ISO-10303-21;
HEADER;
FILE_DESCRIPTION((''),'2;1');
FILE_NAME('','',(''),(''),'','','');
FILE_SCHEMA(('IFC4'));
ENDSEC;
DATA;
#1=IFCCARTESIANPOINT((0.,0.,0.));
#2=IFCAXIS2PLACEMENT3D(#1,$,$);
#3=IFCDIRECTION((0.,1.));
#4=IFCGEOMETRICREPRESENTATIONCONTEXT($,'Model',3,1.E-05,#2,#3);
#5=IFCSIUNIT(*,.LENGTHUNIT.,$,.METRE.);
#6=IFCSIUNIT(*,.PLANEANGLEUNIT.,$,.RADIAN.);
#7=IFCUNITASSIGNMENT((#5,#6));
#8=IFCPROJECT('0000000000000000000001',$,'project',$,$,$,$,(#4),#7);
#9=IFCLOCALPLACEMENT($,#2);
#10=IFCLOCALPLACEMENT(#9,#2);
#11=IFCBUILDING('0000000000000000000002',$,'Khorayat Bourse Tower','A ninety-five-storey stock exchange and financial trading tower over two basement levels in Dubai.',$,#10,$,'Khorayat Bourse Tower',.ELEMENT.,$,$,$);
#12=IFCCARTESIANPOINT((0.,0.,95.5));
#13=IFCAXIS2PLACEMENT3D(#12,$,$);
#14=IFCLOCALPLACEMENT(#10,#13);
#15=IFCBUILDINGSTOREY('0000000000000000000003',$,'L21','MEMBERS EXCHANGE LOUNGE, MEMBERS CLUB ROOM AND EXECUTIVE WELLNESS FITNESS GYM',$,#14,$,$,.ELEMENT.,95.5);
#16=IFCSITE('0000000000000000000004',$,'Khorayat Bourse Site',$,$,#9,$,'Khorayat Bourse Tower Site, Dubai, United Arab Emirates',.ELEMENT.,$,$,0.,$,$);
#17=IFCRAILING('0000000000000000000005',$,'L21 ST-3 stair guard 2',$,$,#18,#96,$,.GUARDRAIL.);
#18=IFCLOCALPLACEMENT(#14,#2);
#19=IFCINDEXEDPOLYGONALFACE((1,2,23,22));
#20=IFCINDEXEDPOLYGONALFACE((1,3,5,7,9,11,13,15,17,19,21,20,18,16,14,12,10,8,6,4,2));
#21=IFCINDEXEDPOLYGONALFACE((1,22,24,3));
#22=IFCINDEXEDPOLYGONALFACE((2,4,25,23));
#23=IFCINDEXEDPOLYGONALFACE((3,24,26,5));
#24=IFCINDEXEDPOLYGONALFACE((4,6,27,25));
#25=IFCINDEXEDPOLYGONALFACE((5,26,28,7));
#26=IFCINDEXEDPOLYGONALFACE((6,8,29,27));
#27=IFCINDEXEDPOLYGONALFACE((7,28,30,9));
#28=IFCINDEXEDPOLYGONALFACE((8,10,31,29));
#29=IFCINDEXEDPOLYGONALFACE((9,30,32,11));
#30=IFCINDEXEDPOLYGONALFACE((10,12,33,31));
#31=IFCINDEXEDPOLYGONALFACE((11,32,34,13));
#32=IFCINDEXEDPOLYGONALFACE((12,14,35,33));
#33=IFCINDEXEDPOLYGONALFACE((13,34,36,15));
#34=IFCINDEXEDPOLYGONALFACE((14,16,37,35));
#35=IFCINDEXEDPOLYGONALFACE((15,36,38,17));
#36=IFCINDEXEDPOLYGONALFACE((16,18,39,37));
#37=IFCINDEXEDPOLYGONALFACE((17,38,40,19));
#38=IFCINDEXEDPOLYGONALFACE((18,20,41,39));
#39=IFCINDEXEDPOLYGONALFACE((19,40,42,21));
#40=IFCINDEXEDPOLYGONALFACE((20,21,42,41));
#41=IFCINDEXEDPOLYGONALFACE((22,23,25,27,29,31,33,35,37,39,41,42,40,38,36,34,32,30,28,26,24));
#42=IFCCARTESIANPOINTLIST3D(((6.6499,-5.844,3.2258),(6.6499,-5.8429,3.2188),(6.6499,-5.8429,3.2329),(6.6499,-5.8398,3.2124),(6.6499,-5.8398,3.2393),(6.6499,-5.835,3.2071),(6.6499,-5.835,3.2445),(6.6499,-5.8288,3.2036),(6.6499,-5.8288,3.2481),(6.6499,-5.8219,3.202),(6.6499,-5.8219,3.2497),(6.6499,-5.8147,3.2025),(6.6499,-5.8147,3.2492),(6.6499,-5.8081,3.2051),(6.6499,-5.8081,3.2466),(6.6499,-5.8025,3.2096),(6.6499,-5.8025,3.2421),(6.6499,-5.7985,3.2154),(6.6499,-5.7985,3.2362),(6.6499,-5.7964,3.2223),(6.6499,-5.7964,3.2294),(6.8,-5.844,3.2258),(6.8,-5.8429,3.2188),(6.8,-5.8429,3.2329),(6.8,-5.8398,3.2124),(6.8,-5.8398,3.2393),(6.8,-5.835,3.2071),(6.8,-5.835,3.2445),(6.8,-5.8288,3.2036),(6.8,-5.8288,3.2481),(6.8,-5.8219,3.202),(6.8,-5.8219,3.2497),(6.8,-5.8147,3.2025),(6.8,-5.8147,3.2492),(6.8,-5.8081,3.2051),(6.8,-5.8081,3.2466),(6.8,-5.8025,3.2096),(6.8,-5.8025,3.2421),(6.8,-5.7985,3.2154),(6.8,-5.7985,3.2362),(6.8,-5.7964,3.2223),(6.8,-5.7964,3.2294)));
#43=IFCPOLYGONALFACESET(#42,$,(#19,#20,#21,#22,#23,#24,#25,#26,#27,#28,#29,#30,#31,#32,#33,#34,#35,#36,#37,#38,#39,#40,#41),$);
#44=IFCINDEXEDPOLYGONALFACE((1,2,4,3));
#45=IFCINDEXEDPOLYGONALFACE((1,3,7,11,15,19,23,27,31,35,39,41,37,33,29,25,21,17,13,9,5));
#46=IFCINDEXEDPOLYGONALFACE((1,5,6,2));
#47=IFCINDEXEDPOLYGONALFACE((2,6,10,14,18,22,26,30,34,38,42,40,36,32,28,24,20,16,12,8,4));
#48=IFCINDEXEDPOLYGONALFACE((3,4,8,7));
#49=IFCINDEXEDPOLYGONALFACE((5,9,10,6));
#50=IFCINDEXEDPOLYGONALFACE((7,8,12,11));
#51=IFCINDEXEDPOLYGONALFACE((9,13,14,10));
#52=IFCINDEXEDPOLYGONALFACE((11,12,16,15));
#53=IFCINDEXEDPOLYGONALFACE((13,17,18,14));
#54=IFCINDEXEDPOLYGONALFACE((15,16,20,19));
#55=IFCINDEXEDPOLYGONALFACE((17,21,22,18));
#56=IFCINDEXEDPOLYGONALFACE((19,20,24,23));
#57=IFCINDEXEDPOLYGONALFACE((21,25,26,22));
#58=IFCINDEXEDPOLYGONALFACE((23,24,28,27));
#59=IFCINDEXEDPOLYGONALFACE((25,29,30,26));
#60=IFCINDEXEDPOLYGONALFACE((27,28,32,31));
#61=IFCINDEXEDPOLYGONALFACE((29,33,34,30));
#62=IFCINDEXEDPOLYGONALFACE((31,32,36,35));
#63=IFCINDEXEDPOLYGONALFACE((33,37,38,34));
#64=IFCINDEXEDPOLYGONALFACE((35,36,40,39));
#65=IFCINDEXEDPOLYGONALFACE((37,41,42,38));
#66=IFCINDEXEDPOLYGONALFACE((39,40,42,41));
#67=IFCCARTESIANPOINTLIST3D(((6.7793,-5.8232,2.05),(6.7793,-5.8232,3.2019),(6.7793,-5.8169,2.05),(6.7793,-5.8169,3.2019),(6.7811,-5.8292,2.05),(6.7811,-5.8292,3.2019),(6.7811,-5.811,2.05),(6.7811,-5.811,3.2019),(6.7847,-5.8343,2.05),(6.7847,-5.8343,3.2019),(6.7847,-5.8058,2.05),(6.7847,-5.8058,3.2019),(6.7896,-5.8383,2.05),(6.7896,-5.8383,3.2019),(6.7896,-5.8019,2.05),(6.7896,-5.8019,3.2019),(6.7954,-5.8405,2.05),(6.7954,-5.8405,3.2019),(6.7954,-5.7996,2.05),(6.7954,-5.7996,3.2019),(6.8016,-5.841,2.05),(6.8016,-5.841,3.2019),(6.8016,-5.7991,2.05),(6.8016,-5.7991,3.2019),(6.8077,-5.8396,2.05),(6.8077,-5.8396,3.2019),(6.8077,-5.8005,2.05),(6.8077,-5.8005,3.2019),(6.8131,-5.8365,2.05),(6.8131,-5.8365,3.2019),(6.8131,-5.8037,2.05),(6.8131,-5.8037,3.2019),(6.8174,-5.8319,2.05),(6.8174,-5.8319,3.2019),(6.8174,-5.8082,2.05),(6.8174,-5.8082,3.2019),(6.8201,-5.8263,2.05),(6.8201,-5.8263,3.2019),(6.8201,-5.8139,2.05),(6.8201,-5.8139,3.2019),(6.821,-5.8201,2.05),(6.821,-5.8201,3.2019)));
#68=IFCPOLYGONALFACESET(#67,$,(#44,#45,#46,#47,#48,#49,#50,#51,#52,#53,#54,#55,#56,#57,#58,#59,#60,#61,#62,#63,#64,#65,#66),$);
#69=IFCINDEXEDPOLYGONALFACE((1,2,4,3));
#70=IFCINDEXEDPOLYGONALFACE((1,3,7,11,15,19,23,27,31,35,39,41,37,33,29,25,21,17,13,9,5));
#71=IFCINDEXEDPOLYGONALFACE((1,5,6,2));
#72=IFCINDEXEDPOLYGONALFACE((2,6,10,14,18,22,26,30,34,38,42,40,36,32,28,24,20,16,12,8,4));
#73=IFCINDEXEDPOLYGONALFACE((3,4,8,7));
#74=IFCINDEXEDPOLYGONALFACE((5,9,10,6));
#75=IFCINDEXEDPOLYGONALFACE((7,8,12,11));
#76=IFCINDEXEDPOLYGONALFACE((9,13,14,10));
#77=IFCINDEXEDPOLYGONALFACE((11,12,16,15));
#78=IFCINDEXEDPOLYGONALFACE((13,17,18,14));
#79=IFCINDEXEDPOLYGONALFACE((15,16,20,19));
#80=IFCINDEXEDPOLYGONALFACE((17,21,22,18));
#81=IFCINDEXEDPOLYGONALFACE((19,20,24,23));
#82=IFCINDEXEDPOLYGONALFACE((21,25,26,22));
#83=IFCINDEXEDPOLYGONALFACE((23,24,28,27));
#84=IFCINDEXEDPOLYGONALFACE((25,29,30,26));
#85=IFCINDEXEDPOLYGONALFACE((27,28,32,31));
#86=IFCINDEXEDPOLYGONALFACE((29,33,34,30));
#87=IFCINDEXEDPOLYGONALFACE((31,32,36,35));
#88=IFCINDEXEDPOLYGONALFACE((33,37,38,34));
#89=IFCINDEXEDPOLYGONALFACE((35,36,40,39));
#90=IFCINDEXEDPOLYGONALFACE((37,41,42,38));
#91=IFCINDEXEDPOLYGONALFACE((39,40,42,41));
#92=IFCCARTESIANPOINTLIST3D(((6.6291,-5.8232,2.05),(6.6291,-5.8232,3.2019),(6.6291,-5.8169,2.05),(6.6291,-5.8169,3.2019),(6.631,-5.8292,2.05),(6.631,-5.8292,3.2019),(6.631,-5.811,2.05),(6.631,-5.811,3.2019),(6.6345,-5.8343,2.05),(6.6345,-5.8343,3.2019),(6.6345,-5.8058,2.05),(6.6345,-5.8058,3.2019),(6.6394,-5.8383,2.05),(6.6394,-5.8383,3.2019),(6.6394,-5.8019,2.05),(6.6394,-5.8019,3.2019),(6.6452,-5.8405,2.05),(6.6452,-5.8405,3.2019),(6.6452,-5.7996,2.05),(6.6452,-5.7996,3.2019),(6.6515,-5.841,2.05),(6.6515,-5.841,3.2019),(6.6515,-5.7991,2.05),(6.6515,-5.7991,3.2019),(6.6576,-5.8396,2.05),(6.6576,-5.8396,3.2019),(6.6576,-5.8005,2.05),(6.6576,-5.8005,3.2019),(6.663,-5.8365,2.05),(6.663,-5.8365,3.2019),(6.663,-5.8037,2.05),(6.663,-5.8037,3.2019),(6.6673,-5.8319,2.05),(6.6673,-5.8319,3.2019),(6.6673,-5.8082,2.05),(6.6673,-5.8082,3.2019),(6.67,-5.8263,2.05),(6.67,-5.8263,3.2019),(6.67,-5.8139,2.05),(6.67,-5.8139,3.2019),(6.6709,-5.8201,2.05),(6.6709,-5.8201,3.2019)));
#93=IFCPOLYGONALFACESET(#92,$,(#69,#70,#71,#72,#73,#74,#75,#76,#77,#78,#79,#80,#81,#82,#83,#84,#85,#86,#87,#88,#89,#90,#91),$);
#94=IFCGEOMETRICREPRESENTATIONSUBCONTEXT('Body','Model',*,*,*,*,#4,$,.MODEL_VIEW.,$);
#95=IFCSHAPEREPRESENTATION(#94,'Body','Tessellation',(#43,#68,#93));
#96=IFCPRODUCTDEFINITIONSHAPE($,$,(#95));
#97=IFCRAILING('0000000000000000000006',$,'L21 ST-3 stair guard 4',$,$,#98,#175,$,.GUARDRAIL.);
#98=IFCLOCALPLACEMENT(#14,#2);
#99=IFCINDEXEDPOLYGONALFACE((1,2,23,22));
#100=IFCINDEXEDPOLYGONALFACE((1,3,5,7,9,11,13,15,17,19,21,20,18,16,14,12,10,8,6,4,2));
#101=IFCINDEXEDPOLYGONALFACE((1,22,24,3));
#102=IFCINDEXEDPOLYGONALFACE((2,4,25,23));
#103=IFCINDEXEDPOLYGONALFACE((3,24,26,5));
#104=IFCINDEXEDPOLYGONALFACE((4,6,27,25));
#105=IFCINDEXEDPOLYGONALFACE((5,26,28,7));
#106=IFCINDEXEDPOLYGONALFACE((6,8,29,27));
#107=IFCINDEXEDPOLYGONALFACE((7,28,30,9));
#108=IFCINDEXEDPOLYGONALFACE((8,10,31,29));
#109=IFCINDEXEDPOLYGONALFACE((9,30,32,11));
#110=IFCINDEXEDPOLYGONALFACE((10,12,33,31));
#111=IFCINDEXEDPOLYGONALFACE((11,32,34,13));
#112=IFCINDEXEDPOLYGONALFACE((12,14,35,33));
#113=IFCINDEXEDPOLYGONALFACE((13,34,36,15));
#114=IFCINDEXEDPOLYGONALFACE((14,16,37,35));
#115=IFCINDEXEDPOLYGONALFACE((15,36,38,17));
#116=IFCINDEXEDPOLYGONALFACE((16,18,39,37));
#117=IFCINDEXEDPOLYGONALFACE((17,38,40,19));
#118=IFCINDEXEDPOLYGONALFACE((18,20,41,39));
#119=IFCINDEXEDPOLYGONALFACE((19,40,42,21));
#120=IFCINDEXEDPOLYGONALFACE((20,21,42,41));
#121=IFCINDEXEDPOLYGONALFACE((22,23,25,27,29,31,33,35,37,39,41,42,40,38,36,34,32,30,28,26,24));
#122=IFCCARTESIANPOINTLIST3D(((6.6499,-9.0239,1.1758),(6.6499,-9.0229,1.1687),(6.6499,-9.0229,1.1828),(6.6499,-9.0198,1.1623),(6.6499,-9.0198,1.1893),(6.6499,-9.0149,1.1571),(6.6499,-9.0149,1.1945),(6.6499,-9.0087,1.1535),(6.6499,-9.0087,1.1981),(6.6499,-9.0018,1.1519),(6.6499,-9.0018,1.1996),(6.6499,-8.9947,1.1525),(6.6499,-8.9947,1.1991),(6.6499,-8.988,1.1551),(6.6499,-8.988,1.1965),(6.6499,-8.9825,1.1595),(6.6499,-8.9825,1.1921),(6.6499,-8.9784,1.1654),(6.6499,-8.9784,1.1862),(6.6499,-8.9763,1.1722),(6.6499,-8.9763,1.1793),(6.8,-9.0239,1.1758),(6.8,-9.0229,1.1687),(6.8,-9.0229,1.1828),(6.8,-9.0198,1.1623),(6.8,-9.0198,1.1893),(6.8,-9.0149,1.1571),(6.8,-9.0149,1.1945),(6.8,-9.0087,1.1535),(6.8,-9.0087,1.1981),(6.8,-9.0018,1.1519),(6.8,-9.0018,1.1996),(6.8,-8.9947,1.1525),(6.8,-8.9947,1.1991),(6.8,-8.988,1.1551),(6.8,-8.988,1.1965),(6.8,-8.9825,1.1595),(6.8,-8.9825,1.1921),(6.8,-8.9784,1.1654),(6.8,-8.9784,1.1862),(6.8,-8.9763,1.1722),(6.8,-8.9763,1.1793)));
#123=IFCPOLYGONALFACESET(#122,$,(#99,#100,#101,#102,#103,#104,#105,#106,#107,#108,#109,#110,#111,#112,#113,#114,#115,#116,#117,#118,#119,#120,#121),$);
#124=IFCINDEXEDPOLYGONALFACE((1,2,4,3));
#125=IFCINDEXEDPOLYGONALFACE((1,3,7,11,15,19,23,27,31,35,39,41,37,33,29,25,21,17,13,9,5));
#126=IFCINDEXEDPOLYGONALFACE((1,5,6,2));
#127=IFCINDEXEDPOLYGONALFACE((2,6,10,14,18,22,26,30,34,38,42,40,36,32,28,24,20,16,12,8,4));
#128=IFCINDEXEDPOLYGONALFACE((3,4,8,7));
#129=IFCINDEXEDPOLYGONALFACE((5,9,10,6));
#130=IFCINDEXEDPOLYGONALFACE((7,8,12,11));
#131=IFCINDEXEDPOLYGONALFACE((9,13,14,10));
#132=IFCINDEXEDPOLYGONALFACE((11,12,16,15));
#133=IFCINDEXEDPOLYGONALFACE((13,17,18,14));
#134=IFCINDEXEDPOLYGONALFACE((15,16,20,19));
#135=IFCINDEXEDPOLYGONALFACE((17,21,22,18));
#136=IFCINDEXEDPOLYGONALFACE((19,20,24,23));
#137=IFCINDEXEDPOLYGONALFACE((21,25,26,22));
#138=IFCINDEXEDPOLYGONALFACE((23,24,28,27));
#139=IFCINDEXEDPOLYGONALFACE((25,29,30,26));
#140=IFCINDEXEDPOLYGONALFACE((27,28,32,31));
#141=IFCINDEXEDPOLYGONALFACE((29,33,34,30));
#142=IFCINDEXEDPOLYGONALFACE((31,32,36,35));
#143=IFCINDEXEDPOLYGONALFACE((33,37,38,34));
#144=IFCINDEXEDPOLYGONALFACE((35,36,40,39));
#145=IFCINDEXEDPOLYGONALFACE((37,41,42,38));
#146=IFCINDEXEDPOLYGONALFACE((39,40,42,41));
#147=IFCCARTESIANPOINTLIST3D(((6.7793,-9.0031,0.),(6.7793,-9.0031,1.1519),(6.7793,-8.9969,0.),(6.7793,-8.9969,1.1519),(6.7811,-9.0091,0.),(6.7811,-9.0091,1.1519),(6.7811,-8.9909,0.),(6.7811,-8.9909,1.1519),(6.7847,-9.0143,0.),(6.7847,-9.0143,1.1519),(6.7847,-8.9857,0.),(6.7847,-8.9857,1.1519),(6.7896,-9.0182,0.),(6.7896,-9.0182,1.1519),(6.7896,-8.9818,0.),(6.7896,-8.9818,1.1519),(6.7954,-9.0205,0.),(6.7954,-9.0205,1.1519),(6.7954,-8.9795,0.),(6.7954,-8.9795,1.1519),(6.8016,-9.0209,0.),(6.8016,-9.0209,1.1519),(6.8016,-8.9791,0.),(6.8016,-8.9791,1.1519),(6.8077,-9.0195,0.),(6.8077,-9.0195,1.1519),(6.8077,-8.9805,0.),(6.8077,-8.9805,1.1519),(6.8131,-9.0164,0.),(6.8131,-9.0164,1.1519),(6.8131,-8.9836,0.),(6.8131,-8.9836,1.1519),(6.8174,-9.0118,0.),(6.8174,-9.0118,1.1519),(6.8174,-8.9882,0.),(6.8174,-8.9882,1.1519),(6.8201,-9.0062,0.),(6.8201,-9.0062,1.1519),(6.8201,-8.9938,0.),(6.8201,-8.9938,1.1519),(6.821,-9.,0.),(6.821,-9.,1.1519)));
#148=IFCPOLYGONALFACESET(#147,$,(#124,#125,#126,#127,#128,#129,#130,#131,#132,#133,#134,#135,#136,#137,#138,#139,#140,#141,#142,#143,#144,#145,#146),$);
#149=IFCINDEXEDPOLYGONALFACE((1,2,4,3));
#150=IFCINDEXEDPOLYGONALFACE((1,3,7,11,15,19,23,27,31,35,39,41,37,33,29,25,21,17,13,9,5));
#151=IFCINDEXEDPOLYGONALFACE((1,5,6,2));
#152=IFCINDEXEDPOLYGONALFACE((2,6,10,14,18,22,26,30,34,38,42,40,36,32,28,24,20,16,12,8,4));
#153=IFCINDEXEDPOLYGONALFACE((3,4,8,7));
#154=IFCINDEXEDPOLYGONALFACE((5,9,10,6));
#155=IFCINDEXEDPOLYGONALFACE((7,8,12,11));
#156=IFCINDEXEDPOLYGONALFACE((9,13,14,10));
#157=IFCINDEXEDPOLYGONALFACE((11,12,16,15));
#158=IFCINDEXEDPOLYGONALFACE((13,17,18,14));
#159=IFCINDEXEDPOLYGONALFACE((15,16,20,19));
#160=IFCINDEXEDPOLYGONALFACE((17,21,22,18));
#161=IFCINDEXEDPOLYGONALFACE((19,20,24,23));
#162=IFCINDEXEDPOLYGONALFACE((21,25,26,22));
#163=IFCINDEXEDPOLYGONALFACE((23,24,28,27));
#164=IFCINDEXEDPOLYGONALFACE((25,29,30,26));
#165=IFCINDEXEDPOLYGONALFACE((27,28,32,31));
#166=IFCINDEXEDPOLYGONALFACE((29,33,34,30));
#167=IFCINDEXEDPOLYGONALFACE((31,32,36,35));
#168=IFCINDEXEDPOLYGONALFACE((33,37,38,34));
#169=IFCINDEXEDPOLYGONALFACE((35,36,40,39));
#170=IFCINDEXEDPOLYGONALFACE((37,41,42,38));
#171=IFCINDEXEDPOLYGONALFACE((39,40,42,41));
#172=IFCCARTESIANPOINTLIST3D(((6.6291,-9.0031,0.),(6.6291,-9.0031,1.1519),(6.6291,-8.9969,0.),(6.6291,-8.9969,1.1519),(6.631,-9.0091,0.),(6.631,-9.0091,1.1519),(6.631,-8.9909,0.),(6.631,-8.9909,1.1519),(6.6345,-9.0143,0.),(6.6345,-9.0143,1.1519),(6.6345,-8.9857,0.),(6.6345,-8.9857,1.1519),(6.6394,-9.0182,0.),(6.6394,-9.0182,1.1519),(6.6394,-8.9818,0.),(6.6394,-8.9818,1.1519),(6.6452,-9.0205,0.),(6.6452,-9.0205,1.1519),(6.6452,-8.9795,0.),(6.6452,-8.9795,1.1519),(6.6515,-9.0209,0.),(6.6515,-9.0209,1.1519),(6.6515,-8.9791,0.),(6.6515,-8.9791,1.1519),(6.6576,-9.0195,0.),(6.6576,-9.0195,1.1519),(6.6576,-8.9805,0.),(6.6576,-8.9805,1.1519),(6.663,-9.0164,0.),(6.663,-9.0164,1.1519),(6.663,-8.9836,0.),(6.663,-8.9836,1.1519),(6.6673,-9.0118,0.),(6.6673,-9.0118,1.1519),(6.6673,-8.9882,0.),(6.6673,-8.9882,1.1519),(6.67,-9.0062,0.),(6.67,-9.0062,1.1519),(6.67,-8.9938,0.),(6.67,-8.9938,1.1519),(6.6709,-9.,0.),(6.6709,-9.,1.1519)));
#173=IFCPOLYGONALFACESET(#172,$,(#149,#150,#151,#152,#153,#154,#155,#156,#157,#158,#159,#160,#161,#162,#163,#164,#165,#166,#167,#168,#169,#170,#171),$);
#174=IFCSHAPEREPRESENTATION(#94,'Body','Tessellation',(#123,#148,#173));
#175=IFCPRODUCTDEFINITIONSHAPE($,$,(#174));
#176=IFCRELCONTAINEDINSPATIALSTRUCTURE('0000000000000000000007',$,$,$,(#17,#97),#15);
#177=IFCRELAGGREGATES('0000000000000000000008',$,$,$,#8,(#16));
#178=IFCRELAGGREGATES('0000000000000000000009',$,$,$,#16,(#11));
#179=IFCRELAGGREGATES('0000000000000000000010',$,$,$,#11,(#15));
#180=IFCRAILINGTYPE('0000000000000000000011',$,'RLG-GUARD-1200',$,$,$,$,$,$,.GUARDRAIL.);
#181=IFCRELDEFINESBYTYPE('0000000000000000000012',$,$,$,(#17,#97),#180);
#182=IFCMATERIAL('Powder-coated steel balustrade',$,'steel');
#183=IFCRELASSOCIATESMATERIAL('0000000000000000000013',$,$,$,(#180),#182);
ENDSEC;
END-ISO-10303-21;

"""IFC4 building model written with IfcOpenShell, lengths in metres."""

from ifc_helpers import new_model, si_unit, direction, frame, origin, origin_2d, place, context, subcontext, project, spatial, circle, extrude, source, transform, mapped, material, type_object, element, save


model = new_model("IFC4")

# Units and contexts
model_context = context("Model", 3, precision=1e-05, world=origin(), true_north=direction((0.0, 1.0)))
body_context = subcontext(model_context, "Body", "Model", "MODEL_VIEW")
ifc_project = project(units=[si_unit("LENGTHUNIT", "METRE"), si_unit("PLANEANGLEUNIT", "RADIAN")], contexts=[model_context])

# Site, building, storey
site_placement = place(None, origin())
site = spatial("IfcSite", under=ifc_project, at=site_placement, Name="Khorayat Bourse Site", LongName="Khorayat Bourse Tower Site, Dubai, United Arab Emirates", CompositionType="ELEMENT", RefElevation=0.0)
building_placement = place(site_placement, origin())
building = spatial("IfcBuilding", under=site, at=building_placement, Name="Khorayat Bourse Tower", Description="A ninety-five-storey stock exchange and financial trading tower over two basement levels in Dubai.", LongName="Khorayat Bourse Tower", CompositionType="ELEMENT")
storey_placement = place(building_placement, frame((0.0, 0.0, 95.5)))
storey = spatial("IfcBuildingStorey", under=building, at=storey_placement, Name="L21", Description="MEMBERS EXCHANGE LOUNGE, MEMBERS CLUB ROOM AND EXECUTIVE WELLNESS FITNESS GYM", CompositionType="ELEMENT", Elevation=95.5)

# Railings
ifc_material_1 = material(Name="Powder-coated steel balustrade", Category="steel")
railing_type_1 = type_object("IfcRailingType", Name="RLG-GUARD-1200", PredefinedType="GUARDRAIL", material=ifc_material_1)
shared_shape_1 = source(origin(), body_context, "Body", "SweptSolid", [
    extrude(circle(Radius=0.0239, at=origin_2d()), frame((0.0, 0.0, 1.1758), z_axis=(-1.0, 0.0, 0.0), x_axis=(0.0, -1.0, 0.0)), (0.0, 0.0, 1.0), 0.1501),
    extrude(circle(Radius=0.021, at=origin_2d()), origin(), (0.0, 0.0, 1.0), 1.1519),
    extrude(circle(Radius=0.021, at=origin_2d()), frame((-0.1501, 0.0, 0.0)), (0.0, 0.0, 1.0), 1.1519),
])
for number, where, name in (
    (1, (6.8, -5.8201, 2.05), "L21 ST-3 stair guard 2"),
    (2, (6.8, -9.0, 0.0), "L21 ST-3 stair guard 4"),
):
    element("IfcRailing", number, at=place(storey_placement, frame(where)), inside=storey, type_object=railing_type_1, Name=name, PredefinedType="GUARDRAIL", context=body_context, shape_type="MappedRepresentation", body=[
        mapped(shared_shape_1, transform((0.0, 0.0, 0.0), scale=1.0)),
    ])

save(model, "model.ifc")
